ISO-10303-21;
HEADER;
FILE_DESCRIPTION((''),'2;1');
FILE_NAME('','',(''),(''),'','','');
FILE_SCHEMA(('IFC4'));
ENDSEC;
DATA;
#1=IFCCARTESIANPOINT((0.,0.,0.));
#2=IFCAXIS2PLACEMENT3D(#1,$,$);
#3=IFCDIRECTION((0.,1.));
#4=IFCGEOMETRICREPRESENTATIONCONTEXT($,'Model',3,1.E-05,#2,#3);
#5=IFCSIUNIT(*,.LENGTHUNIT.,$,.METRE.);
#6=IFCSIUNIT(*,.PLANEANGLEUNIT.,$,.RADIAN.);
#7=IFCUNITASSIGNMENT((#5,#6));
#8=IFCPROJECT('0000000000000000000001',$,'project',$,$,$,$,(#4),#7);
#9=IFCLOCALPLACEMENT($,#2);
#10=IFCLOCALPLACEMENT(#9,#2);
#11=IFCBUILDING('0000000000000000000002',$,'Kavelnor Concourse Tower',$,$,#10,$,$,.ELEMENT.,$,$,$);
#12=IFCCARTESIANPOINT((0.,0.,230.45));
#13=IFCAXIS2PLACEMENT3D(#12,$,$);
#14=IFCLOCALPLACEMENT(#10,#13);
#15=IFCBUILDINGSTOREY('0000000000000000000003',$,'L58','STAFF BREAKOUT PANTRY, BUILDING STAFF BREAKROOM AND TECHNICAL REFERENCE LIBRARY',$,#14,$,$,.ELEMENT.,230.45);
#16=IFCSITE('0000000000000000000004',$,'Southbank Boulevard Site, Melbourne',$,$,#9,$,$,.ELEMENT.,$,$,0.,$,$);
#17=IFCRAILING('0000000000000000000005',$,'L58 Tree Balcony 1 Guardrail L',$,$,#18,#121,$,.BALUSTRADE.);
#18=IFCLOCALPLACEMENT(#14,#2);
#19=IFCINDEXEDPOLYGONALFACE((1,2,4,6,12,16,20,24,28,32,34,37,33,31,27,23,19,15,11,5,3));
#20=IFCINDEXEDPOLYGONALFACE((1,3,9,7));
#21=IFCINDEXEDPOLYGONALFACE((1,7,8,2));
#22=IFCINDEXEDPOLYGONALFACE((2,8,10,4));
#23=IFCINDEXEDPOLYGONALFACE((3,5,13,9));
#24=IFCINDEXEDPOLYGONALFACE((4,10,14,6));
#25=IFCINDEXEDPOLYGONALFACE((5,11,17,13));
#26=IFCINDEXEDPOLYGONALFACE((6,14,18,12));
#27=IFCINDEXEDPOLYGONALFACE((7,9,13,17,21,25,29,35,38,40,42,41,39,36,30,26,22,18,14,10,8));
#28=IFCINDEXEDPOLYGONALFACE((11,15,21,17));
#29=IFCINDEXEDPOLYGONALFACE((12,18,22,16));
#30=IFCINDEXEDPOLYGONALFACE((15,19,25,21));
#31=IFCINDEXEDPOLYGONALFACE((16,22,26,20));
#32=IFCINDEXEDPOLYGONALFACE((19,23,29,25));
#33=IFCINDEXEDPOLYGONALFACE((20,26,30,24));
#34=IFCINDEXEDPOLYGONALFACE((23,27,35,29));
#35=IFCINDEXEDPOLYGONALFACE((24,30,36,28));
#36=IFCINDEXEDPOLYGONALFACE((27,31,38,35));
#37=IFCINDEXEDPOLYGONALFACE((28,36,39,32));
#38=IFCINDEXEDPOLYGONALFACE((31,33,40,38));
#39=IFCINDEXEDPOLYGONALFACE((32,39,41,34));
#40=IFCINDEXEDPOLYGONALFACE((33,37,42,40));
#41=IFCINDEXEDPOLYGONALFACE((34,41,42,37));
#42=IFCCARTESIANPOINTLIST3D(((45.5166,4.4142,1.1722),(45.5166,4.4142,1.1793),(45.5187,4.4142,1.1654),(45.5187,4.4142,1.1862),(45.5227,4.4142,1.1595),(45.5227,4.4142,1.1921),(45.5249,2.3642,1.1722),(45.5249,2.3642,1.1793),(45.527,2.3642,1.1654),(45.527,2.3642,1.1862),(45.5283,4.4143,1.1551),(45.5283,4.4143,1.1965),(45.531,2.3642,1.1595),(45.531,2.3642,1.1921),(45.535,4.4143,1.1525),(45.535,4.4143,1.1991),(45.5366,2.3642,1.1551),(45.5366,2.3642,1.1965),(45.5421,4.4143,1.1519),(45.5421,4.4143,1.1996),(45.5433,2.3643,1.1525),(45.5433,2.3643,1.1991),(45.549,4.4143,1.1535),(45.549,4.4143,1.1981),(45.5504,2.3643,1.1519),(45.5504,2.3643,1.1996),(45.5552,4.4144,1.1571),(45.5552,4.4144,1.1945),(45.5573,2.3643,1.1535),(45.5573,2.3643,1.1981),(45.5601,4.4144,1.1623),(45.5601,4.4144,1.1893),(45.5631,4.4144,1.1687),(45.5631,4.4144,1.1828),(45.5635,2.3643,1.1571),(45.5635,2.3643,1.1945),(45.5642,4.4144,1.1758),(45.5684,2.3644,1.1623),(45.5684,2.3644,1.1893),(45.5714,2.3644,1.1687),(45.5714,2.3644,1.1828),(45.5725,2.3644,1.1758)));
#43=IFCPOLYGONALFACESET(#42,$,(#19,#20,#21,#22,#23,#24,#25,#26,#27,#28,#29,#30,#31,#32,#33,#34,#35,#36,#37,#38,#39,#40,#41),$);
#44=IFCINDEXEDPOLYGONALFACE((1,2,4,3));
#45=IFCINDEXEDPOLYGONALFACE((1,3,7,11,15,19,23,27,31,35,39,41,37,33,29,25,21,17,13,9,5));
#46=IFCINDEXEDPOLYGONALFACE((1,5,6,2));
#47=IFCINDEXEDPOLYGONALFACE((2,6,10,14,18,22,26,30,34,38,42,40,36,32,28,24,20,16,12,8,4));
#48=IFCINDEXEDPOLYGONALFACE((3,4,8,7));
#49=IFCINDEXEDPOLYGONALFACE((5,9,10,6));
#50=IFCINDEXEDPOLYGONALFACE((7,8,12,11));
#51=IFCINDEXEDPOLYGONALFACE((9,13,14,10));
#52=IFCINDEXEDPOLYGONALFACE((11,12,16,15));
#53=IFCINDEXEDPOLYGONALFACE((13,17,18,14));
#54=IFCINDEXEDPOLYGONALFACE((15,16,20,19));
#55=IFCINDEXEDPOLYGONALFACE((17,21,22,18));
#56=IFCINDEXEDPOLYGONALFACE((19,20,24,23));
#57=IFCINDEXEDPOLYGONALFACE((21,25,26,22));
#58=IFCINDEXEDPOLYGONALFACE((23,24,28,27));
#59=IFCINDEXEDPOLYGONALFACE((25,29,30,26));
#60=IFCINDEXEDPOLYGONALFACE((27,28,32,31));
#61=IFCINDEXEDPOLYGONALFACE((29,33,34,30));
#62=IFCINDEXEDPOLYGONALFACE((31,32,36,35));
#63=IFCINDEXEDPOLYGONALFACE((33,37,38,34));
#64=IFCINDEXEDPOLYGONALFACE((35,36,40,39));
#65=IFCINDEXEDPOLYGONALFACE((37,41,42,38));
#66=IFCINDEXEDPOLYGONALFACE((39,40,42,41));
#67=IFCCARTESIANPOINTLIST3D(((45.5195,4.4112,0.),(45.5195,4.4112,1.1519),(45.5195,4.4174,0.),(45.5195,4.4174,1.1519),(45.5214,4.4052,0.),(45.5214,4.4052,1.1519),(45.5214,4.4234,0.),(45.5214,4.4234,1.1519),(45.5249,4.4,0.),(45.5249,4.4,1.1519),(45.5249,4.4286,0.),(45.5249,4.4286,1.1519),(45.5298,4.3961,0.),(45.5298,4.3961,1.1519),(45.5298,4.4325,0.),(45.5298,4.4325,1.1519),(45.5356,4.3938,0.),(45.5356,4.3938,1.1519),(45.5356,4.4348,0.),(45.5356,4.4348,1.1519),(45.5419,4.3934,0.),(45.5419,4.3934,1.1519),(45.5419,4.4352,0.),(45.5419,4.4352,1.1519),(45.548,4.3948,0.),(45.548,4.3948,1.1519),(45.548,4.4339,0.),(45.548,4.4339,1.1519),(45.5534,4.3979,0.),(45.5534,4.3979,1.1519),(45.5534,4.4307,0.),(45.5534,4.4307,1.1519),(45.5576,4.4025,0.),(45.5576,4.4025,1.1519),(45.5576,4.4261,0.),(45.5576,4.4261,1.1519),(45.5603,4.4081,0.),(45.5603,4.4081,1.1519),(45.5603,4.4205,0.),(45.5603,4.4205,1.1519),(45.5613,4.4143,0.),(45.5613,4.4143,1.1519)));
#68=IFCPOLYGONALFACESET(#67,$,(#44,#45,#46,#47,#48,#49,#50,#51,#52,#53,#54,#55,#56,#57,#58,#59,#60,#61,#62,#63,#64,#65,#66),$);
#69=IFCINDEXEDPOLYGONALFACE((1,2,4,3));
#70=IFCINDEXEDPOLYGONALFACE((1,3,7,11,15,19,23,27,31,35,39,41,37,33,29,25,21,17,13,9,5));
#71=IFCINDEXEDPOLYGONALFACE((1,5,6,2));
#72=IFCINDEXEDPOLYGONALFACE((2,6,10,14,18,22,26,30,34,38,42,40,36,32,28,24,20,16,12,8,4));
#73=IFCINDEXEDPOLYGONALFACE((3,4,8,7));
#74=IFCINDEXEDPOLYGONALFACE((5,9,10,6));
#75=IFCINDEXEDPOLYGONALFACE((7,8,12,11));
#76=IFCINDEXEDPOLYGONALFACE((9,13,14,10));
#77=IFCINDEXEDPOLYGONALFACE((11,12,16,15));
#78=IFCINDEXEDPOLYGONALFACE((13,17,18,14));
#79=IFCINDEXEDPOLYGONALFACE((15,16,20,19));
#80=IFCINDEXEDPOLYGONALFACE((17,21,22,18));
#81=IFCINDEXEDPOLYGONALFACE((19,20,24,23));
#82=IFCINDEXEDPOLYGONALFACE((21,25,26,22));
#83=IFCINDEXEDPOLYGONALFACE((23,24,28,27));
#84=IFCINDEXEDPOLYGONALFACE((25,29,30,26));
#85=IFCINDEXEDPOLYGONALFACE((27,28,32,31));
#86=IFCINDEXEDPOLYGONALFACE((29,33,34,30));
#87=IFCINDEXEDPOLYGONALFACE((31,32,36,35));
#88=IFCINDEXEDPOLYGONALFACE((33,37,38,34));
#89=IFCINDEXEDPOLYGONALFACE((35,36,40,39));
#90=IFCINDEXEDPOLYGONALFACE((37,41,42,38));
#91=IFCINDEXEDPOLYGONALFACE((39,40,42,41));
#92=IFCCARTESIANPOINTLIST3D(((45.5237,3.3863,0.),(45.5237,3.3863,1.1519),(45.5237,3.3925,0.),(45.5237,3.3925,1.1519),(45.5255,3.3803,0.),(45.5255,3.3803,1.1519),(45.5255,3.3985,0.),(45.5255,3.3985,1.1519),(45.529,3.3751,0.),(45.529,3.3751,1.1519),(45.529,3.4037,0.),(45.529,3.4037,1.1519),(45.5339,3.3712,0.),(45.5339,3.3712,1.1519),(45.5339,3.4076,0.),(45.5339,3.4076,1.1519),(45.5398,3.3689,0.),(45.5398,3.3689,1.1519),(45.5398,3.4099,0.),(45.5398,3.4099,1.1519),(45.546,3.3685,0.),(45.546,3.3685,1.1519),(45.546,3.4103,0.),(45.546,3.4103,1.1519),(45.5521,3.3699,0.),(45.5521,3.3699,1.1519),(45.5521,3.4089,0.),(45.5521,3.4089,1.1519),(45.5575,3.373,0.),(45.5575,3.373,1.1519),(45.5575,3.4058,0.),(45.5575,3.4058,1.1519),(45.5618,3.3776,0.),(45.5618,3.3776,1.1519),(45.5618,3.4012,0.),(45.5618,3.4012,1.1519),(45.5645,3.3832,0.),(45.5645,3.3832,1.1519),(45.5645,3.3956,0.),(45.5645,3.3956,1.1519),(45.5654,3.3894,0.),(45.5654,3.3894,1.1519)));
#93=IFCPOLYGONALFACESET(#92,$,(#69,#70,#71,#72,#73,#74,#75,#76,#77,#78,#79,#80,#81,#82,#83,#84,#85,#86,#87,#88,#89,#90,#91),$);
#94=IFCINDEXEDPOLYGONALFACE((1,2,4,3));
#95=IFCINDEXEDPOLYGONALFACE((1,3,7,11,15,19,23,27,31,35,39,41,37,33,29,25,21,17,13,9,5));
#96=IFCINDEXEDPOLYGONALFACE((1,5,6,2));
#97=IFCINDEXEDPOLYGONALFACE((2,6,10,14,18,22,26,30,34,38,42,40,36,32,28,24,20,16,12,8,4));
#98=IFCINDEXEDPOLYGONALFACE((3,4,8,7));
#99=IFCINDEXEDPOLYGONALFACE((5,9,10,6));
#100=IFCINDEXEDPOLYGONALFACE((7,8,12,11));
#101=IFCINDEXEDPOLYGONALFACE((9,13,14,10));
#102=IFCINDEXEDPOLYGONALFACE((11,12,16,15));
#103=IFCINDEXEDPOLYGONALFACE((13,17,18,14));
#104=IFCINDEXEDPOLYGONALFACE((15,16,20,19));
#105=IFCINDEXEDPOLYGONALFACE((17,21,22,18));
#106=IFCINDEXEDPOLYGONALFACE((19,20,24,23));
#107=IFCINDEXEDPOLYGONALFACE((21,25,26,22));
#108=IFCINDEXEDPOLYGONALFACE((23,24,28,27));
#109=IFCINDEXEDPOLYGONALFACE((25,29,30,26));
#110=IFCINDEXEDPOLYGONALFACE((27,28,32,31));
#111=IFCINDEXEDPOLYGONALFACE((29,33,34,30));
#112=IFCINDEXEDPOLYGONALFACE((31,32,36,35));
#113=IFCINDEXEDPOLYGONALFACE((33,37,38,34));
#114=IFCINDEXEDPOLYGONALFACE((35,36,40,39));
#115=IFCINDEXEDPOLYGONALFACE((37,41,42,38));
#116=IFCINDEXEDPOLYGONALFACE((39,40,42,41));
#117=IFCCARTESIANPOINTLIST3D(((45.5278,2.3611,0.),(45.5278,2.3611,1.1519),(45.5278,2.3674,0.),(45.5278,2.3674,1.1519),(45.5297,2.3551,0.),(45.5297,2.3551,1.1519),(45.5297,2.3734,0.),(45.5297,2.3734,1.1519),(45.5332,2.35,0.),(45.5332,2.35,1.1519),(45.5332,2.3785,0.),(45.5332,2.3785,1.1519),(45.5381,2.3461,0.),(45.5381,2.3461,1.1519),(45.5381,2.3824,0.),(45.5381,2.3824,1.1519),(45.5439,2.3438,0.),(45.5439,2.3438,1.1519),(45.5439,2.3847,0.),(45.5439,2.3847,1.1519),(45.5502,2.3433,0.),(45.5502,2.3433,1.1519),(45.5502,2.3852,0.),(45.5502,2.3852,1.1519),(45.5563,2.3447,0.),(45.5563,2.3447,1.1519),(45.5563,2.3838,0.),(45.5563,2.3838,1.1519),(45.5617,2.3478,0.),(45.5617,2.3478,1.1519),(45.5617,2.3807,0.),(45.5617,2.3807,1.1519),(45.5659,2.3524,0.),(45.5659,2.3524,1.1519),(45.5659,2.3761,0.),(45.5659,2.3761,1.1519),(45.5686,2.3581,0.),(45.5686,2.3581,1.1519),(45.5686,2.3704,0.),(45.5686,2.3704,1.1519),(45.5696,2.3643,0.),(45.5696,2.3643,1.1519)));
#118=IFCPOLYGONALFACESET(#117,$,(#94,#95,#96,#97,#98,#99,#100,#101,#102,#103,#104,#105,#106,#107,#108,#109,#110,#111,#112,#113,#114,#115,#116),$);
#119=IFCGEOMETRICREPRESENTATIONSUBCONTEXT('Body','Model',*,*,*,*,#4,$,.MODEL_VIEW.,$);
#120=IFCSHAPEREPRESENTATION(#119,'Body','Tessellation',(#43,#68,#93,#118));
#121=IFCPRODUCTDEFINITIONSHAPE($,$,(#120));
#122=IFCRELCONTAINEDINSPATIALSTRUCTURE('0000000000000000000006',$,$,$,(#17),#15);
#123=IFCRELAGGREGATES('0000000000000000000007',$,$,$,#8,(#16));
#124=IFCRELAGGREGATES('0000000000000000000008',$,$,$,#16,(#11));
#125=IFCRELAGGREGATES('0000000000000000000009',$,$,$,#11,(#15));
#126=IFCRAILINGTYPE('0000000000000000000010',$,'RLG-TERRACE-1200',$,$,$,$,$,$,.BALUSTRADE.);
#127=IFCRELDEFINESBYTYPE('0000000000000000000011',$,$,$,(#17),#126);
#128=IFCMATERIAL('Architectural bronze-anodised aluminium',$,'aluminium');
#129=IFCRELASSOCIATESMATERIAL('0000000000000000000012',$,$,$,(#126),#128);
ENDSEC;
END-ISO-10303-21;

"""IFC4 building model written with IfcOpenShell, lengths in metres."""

from ifc_helpers import new_model, si_unit, direction, frame, origin, origin_2d, place, context, subcontext, project, spatial, circle, extrude, material, type_object, element, save


model = new_model("IFC4")

# Units and contexts
model_context = context("Model", 3, precision=1e-05, world=origin(), true_north=direction((0.0, 1.0)))
body_context = subcontext(model_context, "Body", "Model", "MODEL_VIEW")
ifc_project = project(units=[si_unit("LENGTHUNIT", "METRE"), si_unit("PLANEANGLEUNIT", "RADIAN")], contexts=[model_context])

# Site, building, storey
site_placement = place(None, origin())
site = spatial("IfcSite", under=ifc_project, at=site_placement, Name="Southbank Boulevard Site, Melbourne", CompositionType="ELEMENT", RefElevation=0.0)
building_placement = place(site_placement, origin())
building = spatial("IfcBuilding", under=site, at=building_placement, Name="Kavelnor Concourse Tower", CompositionType="ELEMENT")
storey_placement = place(building_placement, frame((0.0, 0.0, 230.45)))
storey = spatial("IfcBuildingStorey", under=building, at=storey_placement, Name="L58", Description="STAFF BREAKOUT PANTRY, BUILDING STAFF BREAKROOM AND TECHNICAL REFERENCE LIBRARY", CompositionType="ELEMENT", Elevation=230.45)

# Railing
ifc_material_1 = material(Name="Architectural bronze-anodised aluminium", Category="aluminium")
railing_type_1 = type_object("IfcRailingType", Name="RLG-TERRACE-1200", PredefinedType="BALUSTRADE", material=ifc_material_1)
railing_1_placement = place(storey_placement, frame((45.5403, 4.4143, 0.0)))
element("IfcRailing", 1, at=railing_1_placement, inside=storey, type_object=railing_type_1, Name="L58 Tree Balcony 1 Guardrail L", PredefinedType="BALUSTRADE", context=body_context, shape_type="SweptSolid", body=[
    extrude(circle(Radius=0.0239, at=origin_2d()), frame((0.0, 0.0, 1.1758), z_axis=(0.004049, -0.999992, 0.0), x_axis=(0.999992, 0.004049, 0.0)), (0.0, 0.0, 1.0), 2.05),
    extrude(circle(Radius=0.021, at=origin_2d()), origin(), (0.0, 0.0, 1.0), 1.1519),
    extrude(circle(Radius=0.021, at=origin_2d()), frame((0.0042, -1.0249, 0.0)), (0.0, 0.0, 1.0), 1.1519),
    extrude(circle(Radius=0.021, at=origin_2d()), frame((0.0083, -2.05, 0.0)), (0.0, 0.0, 1.0), 1.1519),
])

save(model, "model.ifc")
